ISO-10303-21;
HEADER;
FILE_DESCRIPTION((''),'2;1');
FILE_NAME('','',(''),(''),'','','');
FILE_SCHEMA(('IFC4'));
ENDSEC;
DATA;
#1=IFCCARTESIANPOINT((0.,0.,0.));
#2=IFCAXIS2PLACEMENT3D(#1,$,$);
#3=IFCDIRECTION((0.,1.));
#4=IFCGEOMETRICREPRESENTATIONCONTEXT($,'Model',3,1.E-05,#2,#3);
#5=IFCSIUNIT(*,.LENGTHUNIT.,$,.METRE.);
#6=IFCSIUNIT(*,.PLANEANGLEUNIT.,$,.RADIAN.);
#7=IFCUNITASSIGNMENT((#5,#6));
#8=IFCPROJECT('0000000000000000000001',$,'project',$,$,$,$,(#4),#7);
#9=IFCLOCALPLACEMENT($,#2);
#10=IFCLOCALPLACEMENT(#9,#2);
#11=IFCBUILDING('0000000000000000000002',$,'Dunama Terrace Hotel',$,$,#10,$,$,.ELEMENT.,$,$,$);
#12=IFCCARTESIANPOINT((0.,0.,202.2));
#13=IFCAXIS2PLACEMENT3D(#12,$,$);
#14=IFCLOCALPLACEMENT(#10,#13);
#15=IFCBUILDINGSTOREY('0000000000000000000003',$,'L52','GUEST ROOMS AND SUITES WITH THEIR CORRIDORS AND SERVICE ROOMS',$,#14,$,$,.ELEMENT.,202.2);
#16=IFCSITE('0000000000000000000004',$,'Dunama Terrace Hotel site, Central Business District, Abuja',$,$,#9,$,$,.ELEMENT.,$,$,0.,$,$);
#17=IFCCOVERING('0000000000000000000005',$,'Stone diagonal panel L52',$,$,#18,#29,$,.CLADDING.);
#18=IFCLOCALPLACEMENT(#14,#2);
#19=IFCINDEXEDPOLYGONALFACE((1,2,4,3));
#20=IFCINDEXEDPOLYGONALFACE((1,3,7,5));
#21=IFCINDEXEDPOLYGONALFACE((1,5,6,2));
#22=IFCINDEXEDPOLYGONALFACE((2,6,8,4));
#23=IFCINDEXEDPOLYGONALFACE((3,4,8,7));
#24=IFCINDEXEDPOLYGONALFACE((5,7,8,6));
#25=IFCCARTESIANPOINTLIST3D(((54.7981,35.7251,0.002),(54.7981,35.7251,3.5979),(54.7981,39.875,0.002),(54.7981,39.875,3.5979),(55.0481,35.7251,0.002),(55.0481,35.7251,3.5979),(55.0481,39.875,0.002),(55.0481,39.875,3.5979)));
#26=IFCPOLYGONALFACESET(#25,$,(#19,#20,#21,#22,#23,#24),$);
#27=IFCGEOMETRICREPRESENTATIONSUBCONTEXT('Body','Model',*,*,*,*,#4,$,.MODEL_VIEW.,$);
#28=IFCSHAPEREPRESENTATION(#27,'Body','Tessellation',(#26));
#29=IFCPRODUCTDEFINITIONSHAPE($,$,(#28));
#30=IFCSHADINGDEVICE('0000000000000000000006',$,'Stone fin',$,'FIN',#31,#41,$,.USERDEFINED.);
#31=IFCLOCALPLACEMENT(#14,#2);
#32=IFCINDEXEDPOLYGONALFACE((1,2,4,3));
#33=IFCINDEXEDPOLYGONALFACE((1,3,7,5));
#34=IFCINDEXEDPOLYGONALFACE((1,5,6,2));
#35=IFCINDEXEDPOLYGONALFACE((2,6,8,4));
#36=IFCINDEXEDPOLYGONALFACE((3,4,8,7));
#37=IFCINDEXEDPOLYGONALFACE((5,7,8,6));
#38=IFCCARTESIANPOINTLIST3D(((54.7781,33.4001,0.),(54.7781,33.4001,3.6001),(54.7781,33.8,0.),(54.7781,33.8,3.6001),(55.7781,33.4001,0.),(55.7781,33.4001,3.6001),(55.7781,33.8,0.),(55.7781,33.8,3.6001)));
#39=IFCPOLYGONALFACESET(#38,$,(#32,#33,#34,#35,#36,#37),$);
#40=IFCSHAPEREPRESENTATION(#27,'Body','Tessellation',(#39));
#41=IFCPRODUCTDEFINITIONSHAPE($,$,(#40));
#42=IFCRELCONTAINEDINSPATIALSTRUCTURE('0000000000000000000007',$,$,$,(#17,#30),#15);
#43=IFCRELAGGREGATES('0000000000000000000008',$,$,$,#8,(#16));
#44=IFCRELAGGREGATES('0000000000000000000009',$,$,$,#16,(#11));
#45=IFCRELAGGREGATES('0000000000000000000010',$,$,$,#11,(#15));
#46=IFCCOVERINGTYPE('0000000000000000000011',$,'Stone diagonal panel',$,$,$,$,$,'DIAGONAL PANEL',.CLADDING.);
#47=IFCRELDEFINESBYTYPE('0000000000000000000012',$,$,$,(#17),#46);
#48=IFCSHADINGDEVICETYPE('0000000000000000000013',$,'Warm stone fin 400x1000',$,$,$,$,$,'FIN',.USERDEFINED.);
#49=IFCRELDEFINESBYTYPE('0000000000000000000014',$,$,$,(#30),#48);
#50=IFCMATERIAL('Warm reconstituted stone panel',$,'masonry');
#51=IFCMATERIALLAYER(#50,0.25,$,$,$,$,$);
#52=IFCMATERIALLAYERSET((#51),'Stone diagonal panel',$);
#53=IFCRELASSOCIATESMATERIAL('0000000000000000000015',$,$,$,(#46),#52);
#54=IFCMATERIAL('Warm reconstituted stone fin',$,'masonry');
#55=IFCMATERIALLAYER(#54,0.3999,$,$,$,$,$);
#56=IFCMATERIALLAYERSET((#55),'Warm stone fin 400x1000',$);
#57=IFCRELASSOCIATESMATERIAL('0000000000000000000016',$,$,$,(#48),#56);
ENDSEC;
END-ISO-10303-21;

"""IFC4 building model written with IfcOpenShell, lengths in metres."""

from ifc_helpers import new_model, si_unit, direction, frame, origin, origin_2d, place, context, subcontext, project, spatial, rectangle, extrude, material, layer, layer_set, type_object, element, save


model = new_model("IFC4")

# Units and contexts
model_context = context("Model", 3, precision=1e-05, world=origin(), true_north=direction((0.0, 1.0)))
body_context = subcontext(model_context, "Body", "Model", "MODEL_VIEW")
ifc_project = project(units=[si_unit("LENGTHUNIT", "METRE"), si_unit("PLANEANGLEUNIT", "RADIAN")], contexts=[model_context])

# Site, building, storey
site_placement = place(None, origin())
site = spatial("IfcSite", under=ifc_project, at=site_placement, Name="Dunama Terrace Hotel site, Central Business District, Abuja", CompositionType="ELEMENT", RefElevation=0.0)
building_placement = place(site_placement, origin())
building = spatial("IfcBuilding", under=site, at=building_placement, Name="Dunama Terrace Hotel", CompositionType="ELEMENT")
storey_placement = place(building_placement, frame((0.0, 0.0, 202.2)))
storey = spatial("IfcBuildingStorey", under=building, at=storey_placement, Name="L52", Description="GUEST ROOMS AND SUITES WITH THEIR CORRIDORS AND SERVICE ROOMS", CompositionType="ELEMENT", Elevation=202.2)

# Covering
ifc_material_1 = material(Name="Warm reconstituted stone panel", Category="masonry")
ifc_layer_1 = layer(ifc_material_1, 0.25)
ifc_layer_set_1 = layer_set([ifc_layer_1], Name="Stone diagonal panel")
covering_type = type_object("IfcCoveringType", Name="Stone diagonal panel", ElementType="DIAGONAL PANEL", PredefinedType="CLADDING", material=ifc_layer_set_1)
covering_placement = place(storey_placement, frame((54.9231, 37.8, 0.002), z_axis=(0.0, 0.0, 1.0), x_axis=(0.0, 1.0, 0.0)))
element("IfcCovering", 1, at=covering_placement, inside=storey, type_object=covering_type, Name="Stone diagonal panel L52", PredefinedType="CLADDING", context=body_context, shape_type="SweptSolid", body=[
    extrude(rectangle(XDim=4.1499, YDim=0.25, at=origin_2d()), origin(), (0.0, 0.0, 1.0), 3.5959),
])

# Shading device
ifc_material_2 = material(Name="Warm reconstituted stone fin", Category="masonry")
ifc_layer_2 = layer(ifc_material_2, 0.3999)
ifc_layer_set_2 = layer_set([ifc_layer_2], Name="Warm stone fin 400x1000")
shading_device_type = type_object("IfcShadingDeviceType", Name="Warm stone fin 400x1000", ElementType="FIN", PredefinedType="USERDEFINED", material=ifc_layer_set_2)
shading_device_placement = place(storey_placement, frame((55.2781, 33.6001, 0.0), z_axis=(0.0, 0.0, 1.0), x_axis=(0.0, 1.0, 0.0)))
element("IfcShadingDevice", 2, at=shading_device_placement, inside=storey, type_object=shading_device_type, Name="Stone fin", ObjectType="FIN", PredefinedType="USERDEFINED", context=body_context, shape_type="SweptSolid", body=[
    extrude(rectangle(XDim=0.3999, YDim=1.0, at=origin_2d()), origin(), (0.0, 0.0, 1.0), 3.6001),
])

save(model, "model.ifc")
